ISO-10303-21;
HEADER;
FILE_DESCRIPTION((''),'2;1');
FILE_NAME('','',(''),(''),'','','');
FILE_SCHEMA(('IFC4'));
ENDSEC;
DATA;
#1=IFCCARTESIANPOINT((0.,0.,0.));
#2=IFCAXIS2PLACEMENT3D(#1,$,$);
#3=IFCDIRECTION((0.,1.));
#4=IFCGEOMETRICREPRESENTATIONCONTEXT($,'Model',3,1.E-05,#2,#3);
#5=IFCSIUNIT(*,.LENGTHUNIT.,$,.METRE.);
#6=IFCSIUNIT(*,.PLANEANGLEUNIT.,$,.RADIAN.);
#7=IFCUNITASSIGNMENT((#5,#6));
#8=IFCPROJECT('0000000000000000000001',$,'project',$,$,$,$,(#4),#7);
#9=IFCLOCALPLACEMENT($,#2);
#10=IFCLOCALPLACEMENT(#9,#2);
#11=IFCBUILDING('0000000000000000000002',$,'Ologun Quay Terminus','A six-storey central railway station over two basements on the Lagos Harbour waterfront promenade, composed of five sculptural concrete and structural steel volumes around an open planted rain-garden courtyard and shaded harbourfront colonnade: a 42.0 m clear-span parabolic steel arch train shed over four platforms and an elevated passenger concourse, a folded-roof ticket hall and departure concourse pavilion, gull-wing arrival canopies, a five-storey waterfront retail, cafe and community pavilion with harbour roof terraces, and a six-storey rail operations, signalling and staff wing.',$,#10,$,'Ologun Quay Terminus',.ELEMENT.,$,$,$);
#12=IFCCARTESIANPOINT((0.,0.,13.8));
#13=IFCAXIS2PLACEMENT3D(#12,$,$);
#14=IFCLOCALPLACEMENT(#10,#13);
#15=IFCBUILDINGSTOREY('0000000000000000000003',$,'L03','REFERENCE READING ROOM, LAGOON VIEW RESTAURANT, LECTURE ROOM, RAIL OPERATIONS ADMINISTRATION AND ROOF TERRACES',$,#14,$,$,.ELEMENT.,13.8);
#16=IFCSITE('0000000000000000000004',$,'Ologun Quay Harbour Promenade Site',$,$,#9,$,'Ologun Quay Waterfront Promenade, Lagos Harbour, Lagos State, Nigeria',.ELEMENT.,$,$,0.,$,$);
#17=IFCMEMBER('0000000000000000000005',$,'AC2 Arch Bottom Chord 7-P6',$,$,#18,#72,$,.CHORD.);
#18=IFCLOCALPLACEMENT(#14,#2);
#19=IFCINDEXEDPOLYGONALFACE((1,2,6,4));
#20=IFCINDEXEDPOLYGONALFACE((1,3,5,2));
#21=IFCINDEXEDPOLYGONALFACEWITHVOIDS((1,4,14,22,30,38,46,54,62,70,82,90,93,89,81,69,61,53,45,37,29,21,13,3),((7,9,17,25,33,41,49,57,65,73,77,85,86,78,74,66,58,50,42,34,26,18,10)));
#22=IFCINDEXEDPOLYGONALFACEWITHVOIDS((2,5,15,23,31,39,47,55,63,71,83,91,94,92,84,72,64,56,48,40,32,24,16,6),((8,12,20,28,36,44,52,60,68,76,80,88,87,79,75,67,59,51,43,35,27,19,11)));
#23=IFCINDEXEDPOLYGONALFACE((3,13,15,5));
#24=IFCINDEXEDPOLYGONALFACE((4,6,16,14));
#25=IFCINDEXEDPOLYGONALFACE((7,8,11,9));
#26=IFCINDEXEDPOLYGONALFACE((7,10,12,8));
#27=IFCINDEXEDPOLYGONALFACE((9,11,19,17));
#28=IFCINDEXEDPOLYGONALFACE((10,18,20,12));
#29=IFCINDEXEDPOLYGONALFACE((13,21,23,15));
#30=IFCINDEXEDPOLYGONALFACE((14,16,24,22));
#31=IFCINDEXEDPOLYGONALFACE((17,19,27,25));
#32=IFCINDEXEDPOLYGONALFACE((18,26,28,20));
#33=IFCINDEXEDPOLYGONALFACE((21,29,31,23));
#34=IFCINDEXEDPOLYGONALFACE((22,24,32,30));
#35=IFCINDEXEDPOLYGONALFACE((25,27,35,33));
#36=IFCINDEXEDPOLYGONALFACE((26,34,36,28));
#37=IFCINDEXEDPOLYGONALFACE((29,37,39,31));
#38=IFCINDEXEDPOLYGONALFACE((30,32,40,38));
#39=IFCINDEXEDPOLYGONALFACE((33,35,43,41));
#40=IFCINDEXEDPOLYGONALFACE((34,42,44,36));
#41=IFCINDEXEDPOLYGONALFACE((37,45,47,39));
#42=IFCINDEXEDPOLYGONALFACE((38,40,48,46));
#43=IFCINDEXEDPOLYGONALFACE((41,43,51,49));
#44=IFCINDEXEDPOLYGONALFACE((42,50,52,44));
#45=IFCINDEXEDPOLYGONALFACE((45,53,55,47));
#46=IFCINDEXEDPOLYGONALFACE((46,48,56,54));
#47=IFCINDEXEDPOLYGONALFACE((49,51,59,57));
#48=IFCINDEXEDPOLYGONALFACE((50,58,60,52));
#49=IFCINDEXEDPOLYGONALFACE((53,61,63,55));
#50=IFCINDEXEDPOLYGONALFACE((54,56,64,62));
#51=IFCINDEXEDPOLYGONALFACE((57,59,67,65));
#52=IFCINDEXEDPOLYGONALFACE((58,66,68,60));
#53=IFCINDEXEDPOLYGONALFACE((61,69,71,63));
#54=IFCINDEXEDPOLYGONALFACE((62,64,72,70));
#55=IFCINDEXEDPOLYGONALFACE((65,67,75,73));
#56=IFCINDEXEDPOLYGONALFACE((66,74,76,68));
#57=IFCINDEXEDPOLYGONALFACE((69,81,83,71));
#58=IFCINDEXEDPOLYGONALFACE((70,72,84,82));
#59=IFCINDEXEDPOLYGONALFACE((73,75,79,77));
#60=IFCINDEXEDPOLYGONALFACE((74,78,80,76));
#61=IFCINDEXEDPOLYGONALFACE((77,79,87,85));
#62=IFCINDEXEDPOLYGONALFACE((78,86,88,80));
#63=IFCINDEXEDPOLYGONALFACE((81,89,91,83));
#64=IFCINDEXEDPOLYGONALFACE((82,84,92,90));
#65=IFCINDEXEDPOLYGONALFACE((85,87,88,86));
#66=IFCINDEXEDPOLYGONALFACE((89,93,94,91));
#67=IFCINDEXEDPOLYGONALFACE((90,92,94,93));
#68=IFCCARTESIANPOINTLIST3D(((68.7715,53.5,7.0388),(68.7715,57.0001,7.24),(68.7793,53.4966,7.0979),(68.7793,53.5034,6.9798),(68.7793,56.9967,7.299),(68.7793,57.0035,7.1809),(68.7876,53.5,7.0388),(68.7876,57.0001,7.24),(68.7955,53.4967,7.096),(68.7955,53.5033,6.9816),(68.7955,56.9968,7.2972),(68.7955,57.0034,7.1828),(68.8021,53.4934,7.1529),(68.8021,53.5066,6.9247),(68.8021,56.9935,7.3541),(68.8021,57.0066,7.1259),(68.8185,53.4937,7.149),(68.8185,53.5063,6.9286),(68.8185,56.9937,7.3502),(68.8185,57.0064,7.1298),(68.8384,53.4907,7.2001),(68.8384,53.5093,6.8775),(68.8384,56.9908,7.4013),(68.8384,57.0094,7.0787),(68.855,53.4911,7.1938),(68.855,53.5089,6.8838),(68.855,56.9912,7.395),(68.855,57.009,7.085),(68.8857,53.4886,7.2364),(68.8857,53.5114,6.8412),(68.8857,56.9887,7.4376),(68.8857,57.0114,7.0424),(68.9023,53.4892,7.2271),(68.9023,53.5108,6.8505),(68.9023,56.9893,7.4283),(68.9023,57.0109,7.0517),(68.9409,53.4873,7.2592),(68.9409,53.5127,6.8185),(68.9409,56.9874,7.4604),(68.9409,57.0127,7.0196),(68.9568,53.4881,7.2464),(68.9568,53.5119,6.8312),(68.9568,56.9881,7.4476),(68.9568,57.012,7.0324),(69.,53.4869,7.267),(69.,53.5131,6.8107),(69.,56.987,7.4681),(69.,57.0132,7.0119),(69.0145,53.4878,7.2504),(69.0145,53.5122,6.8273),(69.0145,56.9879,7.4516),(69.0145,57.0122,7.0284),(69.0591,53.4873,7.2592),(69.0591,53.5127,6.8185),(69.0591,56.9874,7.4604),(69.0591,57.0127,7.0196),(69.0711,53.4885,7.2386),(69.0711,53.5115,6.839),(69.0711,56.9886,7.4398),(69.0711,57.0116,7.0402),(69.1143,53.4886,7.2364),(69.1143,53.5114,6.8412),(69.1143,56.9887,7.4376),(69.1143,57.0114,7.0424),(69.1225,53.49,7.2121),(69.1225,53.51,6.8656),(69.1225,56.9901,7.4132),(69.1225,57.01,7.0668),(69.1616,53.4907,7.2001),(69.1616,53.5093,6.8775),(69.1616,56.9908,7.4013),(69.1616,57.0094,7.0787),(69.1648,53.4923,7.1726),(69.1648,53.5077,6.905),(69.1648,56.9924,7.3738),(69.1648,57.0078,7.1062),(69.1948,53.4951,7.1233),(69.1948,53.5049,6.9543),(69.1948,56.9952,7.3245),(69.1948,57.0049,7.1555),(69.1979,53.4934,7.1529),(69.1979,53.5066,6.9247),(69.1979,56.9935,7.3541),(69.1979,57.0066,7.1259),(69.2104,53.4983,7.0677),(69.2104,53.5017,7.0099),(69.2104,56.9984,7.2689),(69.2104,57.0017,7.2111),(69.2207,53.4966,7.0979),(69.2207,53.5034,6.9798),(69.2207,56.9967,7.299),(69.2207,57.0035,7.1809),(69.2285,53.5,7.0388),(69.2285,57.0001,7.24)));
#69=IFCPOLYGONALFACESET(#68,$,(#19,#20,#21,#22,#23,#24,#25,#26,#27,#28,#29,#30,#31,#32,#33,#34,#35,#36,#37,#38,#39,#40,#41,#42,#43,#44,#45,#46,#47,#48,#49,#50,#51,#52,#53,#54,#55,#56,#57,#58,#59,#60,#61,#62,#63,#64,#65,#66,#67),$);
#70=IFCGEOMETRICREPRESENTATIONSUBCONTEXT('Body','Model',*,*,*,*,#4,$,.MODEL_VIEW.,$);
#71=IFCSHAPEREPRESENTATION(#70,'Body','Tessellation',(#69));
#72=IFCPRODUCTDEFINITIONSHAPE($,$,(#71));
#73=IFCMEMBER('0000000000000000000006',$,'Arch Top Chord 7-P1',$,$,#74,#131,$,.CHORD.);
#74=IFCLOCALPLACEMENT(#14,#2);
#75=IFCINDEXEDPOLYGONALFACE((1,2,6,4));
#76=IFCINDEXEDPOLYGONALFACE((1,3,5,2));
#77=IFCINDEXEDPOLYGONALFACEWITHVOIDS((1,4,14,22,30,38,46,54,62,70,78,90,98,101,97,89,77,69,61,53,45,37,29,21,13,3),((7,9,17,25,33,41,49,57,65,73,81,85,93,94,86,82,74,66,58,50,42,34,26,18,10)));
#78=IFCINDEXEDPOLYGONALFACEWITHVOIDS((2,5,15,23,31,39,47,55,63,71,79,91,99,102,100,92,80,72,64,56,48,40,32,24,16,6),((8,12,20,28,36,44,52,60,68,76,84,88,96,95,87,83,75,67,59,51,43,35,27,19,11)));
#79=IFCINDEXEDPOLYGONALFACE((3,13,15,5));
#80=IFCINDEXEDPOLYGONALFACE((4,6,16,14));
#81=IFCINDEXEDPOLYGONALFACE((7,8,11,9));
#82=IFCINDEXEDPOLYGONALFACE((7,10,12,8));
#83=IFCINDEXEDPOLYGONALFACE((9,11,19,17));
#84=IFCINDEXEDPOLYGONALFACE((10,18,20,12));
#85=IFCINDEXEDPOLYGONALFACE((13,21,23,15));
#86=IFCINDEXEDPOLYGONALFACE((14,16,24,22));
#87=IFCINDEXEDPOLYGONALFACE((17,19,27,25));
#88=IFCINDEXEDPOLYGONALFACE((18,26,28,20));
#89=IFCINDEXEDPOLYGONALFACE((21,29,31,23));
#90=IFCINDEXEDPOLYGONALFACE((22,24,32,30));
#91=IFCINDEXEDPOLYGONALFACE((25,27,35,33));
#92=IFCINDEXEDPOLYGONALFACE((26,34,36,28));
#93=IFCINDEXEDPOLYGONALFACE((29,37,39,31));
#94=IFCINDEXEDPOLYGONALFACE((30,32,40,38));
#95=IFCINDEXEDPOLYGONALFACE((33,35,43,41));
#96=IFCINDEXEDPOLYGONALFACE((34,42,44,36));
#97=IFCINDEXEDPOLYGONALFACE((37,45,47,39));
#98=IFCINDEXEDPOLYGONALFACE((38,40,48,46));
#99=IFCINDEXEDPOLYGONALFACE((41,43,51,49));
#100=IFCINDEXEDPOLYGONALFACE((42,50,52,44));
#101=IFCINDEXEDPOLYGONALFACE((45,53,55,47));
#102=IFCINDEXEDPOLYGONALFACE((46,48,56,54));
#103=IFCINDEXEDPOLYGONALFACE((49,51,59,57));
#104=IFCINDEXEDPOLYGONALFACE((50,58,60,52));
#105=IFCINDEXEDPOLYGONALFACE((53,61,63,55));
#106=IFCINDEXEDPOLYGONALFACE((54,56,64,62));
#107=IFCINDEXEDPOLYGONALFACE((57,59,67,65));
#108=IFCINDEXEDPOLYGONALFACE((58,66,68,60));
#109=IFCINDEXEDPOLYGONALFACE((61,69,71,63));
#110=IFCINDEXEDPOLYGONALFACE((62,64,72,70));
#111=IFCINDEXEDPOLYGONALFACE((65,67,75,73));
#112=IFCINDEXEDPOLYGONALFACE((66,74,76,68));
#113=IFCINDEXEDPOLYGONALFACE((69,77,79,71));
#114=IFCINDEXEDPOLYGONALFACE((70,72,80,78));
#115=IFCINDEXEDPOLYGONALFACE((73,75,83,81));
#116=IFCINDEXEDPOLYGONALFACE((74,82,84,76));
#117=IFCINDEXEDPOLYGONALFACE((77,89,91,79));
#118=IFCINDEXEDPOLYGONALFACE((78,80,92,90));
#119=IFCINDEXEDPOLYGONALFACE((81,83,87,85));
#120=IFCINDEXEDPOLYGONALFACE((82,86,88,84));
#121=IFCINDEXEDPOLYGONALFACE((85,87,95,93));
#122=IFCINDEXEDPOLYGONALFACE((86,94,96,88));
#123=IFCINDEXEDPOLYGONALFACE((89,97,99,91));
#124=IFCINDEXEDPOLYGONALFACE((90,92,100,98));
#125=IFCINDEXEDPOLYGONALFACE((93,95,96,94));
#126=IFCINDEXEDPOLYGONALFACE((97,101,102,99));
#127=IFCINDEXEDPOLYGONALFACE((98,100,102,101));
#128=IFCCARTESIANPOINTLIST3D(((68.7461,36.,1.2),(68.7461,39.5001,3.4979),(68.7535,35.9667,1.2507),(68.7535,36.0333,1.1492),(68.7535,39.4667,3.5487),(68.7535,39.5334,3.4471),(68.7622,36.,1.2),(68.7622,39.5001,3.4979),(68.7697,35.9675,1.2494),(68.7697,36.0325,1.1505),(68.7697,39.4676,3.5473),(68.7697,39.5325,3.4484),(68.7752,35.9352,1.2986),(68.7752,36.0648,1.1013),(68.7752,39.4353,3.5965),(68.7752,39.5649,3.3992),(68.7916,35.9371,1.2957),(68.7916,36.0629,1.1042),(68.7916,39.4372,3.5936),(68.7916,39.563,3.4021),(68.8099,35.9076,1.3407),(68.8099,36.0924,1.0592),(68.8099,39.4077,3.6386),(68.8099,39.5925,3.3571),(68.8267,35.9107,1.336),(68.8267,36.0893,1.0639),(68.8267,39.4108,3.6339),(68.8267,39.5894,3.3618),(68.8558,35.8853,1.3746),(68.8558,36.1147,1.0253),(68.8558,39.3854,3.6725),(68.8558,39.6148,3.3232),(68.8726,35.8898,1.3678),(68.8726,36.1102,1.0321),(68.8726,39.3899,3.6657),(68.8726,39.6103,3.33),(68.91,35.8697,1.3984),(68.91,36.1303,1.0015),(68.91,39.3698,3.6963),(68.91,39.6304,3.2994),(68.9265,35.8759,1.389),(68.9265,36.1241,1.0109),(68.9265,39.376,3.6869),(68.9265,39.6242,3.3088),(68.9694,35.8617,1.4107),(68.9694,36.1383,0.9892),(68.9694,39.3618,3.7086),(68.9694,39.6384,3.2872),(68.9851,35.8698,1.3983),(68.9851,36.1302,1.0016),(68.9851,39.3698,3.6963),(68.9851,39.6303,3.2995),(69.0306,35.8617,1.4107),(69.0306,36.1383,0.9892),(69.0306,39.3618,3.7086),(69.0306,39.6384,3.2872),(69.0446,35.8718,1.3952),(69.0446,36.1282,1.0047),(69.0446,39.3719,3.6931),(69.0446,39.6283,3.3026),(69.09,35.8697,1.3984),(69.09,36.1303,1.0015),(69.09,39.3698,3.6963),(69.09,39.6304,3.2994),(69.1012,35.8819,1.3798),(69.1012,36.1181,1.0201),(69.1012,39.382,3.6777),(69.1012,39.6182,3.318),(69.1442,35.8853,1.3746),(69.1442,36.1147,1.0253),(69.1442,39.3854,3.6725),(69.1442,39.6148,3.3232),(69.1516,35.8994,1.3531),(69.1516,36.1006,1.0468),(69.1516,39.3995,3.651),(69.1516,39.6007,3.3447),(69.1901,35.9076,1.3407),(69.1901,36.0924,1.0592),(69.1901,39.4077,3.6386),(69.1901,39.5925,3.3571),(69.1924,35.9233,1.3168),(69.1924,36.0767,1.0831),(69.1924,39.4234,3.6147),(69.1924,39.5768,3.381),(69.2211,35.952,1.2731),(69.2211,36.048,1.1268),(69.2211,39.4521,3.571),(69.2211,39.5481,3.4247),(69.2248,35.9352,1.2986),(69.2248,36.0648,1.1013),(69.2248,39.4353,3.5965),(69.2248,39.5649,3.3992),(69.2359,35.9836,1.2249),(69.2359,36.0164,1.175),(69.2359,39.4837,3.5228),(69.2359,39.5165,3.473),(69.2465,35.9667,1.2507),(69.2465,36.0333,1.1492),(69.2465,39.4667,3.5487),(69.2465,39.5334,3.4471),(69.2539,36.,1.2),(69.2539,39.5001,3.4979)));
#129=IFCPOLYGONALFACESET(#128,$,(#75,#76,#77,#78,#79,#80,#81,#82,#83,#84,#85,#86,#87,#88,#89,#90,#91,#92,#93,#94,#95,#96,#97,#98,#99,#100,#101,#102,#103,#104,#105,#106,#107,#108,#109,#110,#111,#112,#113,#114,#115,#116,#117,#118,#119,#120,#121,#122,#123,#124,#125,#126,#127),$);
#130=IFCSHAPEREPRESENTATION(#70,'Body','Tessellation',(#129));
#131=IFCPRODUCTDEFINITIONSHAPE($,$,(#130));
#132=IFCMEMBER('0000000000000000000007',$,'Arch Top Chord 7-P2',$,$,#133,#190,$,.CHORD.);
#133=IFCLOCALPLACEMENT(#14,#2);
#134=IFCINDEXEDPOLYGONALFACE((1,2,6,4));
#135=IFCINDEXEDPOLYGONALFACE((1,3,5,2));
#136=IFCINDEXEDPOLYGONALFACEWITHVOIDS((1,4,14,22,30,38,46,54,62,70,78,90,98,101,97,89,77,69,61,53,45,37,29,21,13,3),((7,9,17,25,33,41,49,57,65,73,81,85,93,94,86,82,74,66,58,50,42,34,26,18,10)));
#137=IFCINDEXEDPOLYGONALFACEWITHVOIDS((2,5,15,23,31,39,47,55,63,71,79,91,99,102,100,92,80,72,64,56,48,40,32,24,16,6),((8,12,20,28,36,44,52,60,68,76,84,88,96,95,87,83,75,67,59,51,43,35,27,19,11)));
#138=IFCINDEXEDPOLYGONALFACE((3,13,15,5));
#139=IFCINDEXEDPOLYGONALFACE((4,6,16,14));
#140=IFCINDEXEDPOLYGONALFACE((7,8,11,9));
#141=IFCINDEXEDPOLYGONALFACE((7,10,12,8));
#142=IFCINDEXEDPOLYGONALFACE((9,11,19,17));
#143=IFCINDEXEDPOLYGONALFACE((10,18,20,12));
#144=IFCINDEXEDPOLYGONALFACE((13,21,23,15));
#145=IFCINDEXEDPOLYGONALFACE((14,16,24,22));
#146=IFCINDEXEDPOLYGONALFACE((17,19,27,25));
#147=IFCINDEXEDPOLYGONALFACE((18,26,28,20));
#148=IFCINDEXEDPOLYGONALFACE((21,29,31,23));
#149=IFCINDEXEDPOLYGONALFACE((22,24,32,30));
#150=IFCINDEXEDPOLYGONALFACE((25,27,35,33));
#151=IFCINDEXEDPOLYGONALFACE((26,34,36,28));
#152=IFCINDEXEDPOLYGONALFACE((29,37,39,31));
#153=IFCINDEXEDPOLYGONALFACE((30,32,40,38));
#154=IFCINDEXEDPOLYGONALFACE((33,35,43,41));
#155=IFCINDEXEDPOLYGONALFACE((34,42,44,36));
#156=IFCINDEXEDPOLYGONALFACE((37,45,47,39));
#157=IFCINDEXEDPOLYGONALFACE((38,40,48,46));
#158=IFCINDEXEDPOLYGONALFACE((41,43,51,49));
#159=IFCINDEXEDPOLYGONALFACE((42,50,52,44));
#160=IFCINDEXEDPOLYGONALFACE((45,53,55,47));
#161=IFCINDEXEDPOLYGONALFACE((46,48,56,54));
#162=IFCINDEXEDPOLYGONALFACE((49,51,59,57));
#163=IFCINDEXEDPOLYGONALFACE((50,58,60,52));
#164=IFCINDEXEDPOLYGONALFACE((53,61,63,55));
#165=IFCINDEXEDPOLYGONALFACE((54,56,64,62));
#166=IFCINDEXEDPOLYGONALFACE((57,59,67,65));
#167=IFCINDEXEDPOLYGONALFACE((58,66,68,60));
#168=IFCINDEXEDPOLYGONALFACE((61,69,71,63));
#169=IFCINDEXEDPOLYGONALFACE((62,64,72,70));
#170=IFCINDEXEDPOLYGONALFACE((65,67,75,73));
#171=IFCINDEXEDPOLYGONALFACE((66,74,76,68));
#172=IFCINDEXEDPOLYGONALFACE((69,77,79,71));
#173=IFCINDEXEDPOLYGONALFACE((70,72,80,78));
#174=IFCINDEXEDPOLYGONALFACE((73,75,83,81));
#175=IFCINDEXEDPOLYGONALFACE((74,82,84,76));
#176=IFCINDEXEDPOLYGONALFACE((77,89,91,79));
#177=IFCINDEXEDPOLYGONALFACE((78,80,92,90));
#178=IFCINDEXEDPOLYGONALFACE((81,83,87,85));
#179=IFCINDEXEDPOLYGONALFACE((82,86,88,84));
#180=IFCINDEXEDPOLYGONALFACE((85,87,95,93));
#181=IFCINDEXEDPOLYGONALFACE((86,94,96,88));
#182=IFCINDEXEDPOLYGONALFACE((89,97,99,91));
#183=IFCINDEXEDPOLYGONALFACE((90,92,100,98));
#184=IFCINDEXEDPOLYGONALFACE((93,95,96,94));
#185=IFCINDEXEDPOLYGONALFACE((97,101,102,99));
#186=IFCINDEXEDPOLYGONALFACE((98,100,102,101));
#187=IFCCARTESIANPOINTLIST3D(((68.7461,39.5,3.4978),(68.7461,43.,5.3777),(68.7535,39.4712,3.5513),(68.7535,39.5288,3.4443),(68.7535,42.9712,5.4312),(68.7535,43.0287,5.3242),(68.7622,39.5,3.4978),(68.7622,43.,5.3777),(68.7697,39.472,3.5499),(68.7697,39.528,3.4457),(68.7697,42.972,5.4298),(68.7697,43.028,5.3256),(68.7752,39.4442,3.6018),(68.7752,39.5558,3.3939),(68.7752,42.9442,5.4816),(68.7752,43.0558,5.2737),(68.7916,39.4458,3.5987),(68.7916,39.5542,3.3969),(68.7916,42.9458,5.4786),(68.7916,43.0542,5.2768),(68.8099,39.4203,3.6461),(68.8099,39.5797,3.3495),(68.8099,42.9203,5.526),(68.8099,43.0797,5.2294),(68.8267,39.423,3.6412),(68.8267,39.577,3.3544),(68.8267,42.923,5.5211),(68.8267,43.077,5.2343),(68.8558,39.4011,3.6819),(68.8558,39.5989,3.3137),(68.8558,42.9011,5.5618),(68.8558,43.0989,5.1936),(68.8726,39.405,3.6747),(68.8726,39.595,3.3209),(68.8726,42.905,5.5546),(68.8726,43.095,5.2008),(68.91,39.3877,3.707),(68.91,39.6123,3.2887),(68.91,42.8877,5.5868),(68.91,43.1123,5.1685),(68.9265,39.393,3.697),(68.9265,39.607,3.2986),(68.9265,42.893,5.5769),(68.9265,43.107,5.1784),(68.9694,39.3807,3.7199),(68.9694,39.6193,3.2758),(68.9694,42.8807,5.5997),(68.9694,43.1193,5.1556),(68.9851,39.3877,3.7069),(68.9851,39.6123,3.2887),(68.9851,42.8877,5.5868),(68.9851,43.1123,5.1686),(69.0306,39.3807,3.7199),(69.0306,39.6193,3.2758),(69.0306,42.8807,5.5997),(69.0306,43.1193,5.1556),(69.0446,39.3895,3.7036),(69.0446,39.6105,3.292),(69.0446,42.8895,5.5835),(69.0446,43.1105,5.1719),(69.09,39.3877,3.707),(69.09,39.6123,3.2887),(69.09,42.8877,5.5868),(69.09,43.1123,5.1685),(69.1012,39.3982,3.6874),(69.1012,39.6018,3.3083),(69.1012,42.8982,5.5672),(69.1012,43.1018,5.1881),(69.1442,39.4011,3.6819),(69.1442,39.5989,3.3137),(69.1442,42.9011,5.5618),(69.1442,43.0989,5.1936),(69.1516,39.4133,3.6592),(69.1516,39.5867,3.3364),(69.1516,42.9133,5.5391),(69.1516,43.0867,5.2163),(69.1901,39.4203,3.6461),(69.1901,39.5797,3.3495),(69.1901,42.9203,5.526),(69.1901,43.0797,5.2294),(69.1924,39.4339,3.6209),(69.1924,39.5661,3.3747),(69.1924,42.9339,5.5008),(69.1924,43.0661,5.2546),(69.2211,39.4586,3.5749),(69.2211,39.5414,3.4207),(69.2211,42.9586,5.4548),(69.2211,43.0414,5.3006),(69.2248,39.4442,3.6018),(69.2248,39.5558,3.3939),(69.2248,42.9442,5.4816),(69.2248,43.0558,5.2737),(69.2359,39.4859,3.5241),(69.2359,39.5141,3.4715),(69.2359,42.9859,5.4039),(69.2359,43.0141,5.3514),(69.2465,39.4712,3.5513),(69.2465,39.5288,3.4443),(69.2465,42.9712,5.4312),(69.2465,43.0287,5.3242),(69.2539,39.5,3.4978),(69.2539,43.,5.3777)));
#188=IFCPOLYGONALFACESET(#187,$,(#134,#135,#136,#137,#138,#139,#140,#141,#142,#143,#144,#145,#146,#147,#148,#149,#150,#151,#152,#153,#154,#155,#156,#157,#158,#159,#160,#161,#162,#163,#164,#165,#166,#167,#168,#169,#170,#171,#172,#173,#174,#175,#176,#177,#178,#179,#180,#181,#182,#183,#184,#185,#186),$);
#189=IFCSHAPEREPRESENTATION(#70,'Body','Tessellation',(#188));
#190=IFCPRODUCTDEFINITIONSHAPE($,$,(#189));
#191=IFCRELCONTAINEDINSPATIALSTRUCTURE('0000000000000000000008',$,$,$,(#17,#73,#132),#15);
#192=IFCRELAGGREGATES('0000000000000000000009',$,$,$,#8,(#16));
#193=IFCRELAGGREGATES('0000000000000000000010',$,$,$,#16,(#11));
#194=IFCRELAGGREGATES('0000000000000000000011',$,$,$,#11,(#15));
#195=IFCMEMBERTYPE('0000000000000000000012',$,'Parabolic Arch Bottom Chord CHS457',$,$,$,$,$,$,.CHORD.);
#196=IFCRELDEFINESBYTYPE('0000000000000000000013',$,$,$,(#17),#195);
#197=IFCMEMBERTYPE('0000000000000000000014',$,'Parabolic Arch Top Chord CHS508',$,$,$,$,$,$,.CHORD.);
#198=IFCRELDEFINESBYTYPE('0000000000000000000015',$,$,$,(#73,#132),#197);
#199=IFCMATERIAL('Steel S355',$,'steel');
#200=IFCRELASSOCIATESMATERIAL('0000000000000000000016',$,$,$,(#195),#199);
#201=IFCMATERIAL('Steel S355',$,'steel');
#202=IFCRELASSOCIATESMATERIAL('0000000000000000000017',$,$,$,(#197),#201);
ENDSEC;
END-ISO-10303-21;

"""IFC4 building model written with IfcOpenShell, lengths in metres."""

from ifc_helpers import new_model, si_unit, direction, frame, origin, origin_2d, place, context, subcontext, project, spatial, hollow_circle, extrude, material, material_profile, profile_set, type_object, element, save


model = new_model("IFC4")

# Units and contexts
model_context = context("Model", 3, precision=1e-05, world=origin(), true_north=direction((0.0, 1.0)))
body_context = subcontext(model_context, "Body", "Model", "MODEL_VIEW")
ifc_project = project(units=[si_unit("LENGTHUNIT", "METRE"), si_unit("PLANEANGLEUNIT", "RADIAN")], contexts=[model_context])

# Site, building, storey
site_placement = place(None, origin())
site = spatial("IfcSite", under=ifc_project, at=site_placement, Name="Ologun Quay Harbour Promenade Site", LongName="Ologun Quay Waterfront Promenade, Lagos Harbour, Lagos State, Nigeria", CompositionType="ELEMENT", RefElevation=0.0)
building_placement = place(site_placement, origin())
building = spatial("IfcBuilding", under=site, at=building_placement, Name="Ologun Quay Terminus", Description="A six-storey central railway station over two basements on the Lagos Harbour waterfront promenade, composed of five sculptural concrete and structural steel volumes around an open planted rain-garden courtyard and shaded harbourfront colonnade: a 42.0 m clear-span parabolic steel arch train shed over four platforms and an elevated passenger concourse, a folded-roof ticket hall and departure concourse pavilion, gull-wing arrival canopies, a five-storey waterfront retail, cafe and community pavilion with harbour roof terraces, and a six-storey rail operations, signalling and staff wing.", LongName="Ologun Quay Terminus", CompositionType="ELEMENT")
storey_placement = place(building_placement, frame((0.0, 0.0, 13.8)))
storey = spatial("IfcBuildingStorey", under=building, at=storey_placement, Name="L03", Description="REFERENCE READING ROOM, LAGOON VIEW RESTAURANT, LECTURE ROOM, RAIL OPERATIONS ADMINISTRATION AND ROOF TERRACES", CompositionType="ELEMENT", Elevation=13.8)

# Members
ifc_material_1 = material(Name="Steel S355", Category="steel")
ifc_material_profile_1 = material_profile(ifc_material_1, hollow_circle(Radius=0.2285, WallThickness=0.0161, at=origin_2d()), Name="CHS 457x16")
ifc_profile_set_1 = profile_set([ifc_material_profile_1], Name="Steel S355")
member_type_1 = type_object("IfcMemberType", Name="Parabolic Arch Bottom Chord CHS457", PredefinedType="CHORD", material=ifc_profile_set_1)
member_1_placement = place(storey_placement, frame((69.0, 53.5, 7.0388), z_axis=(0.0, 0.998352, 0.057383), x_axis=(-1.0, 0.0, 0.0)))
element("IfcMember", 1, at=member_1_placement, inside=storey, type_object=member_type_1, Name="AC2 Arch Bottom Chord 7-P6", PredefinedType="CHORD", context=body_context, shape_type="SweptSolid", body=[
    extrude(hollow_circle(Radius=0.2285, WallThickness=0.0161, at=origin_2d()), origin(), (0.0, 0.0, 1.0), 3.5059),
])
ifc_material_2 = material(Name="Steel S355", Category="steel")
ifc_material_profile_2 = material_profile(ifc_material_2, hollow_circle(Radius=0.2539, WallThickness=0.0161, at=origin_2d()), Name="CHS 508x16")
ifc_profile_set_2 = profile_set([ifc_material_profile_2], Name="Steel S355")
member_type_2 = type_object("IfcMemberType", Name="Parabolic Arch Top Chord CHS508", PredefinedType="CHORD", material=ifc_profile_set_2)
member_2_placement = place(storey_placement, frame((69.0, 36.0, 1.2), z_axis=(0.0, 0.835941, 0.548819), x_axis=(-1.0, 0.0, 0.0)))
element("IfcMember", 2, at=member_2_placement, inside=storey, type_object=member_type_2, Name="Arch Top Chord 7-P1", PredefinedType="CHORD", context=body_context, shape_type="SweptSolid", body=[
    extrude(hollow_circle(Radius=0.2539, WallThickness=0.0161, at=origin_2d()), origin(), (0.0, 0.0, 1.0), 4.187),
])
member_3_placement = place(storey_placement, frame((69.0, 39.5, 3.4978), z_axis=(0.0, 0.880968, 0.473176), x_axis=(-1.0, 0.0, 0.0)))
element("IfcMember", 3, at=member_3_placement, inside=storey, type_object=member_type_2, Name="Arch Top Chord 7-P2", PredefinedType="CHORD", context=body_context, shape_type="SweptSolid", body=[
    extrude(hollow_circle(Radius=0.2539, WallThickness=0.0161, at=origin_2d()), origin(), (0.0, 0.0, 1.0), 3.9729),
])

save(model, "model.ifc")
